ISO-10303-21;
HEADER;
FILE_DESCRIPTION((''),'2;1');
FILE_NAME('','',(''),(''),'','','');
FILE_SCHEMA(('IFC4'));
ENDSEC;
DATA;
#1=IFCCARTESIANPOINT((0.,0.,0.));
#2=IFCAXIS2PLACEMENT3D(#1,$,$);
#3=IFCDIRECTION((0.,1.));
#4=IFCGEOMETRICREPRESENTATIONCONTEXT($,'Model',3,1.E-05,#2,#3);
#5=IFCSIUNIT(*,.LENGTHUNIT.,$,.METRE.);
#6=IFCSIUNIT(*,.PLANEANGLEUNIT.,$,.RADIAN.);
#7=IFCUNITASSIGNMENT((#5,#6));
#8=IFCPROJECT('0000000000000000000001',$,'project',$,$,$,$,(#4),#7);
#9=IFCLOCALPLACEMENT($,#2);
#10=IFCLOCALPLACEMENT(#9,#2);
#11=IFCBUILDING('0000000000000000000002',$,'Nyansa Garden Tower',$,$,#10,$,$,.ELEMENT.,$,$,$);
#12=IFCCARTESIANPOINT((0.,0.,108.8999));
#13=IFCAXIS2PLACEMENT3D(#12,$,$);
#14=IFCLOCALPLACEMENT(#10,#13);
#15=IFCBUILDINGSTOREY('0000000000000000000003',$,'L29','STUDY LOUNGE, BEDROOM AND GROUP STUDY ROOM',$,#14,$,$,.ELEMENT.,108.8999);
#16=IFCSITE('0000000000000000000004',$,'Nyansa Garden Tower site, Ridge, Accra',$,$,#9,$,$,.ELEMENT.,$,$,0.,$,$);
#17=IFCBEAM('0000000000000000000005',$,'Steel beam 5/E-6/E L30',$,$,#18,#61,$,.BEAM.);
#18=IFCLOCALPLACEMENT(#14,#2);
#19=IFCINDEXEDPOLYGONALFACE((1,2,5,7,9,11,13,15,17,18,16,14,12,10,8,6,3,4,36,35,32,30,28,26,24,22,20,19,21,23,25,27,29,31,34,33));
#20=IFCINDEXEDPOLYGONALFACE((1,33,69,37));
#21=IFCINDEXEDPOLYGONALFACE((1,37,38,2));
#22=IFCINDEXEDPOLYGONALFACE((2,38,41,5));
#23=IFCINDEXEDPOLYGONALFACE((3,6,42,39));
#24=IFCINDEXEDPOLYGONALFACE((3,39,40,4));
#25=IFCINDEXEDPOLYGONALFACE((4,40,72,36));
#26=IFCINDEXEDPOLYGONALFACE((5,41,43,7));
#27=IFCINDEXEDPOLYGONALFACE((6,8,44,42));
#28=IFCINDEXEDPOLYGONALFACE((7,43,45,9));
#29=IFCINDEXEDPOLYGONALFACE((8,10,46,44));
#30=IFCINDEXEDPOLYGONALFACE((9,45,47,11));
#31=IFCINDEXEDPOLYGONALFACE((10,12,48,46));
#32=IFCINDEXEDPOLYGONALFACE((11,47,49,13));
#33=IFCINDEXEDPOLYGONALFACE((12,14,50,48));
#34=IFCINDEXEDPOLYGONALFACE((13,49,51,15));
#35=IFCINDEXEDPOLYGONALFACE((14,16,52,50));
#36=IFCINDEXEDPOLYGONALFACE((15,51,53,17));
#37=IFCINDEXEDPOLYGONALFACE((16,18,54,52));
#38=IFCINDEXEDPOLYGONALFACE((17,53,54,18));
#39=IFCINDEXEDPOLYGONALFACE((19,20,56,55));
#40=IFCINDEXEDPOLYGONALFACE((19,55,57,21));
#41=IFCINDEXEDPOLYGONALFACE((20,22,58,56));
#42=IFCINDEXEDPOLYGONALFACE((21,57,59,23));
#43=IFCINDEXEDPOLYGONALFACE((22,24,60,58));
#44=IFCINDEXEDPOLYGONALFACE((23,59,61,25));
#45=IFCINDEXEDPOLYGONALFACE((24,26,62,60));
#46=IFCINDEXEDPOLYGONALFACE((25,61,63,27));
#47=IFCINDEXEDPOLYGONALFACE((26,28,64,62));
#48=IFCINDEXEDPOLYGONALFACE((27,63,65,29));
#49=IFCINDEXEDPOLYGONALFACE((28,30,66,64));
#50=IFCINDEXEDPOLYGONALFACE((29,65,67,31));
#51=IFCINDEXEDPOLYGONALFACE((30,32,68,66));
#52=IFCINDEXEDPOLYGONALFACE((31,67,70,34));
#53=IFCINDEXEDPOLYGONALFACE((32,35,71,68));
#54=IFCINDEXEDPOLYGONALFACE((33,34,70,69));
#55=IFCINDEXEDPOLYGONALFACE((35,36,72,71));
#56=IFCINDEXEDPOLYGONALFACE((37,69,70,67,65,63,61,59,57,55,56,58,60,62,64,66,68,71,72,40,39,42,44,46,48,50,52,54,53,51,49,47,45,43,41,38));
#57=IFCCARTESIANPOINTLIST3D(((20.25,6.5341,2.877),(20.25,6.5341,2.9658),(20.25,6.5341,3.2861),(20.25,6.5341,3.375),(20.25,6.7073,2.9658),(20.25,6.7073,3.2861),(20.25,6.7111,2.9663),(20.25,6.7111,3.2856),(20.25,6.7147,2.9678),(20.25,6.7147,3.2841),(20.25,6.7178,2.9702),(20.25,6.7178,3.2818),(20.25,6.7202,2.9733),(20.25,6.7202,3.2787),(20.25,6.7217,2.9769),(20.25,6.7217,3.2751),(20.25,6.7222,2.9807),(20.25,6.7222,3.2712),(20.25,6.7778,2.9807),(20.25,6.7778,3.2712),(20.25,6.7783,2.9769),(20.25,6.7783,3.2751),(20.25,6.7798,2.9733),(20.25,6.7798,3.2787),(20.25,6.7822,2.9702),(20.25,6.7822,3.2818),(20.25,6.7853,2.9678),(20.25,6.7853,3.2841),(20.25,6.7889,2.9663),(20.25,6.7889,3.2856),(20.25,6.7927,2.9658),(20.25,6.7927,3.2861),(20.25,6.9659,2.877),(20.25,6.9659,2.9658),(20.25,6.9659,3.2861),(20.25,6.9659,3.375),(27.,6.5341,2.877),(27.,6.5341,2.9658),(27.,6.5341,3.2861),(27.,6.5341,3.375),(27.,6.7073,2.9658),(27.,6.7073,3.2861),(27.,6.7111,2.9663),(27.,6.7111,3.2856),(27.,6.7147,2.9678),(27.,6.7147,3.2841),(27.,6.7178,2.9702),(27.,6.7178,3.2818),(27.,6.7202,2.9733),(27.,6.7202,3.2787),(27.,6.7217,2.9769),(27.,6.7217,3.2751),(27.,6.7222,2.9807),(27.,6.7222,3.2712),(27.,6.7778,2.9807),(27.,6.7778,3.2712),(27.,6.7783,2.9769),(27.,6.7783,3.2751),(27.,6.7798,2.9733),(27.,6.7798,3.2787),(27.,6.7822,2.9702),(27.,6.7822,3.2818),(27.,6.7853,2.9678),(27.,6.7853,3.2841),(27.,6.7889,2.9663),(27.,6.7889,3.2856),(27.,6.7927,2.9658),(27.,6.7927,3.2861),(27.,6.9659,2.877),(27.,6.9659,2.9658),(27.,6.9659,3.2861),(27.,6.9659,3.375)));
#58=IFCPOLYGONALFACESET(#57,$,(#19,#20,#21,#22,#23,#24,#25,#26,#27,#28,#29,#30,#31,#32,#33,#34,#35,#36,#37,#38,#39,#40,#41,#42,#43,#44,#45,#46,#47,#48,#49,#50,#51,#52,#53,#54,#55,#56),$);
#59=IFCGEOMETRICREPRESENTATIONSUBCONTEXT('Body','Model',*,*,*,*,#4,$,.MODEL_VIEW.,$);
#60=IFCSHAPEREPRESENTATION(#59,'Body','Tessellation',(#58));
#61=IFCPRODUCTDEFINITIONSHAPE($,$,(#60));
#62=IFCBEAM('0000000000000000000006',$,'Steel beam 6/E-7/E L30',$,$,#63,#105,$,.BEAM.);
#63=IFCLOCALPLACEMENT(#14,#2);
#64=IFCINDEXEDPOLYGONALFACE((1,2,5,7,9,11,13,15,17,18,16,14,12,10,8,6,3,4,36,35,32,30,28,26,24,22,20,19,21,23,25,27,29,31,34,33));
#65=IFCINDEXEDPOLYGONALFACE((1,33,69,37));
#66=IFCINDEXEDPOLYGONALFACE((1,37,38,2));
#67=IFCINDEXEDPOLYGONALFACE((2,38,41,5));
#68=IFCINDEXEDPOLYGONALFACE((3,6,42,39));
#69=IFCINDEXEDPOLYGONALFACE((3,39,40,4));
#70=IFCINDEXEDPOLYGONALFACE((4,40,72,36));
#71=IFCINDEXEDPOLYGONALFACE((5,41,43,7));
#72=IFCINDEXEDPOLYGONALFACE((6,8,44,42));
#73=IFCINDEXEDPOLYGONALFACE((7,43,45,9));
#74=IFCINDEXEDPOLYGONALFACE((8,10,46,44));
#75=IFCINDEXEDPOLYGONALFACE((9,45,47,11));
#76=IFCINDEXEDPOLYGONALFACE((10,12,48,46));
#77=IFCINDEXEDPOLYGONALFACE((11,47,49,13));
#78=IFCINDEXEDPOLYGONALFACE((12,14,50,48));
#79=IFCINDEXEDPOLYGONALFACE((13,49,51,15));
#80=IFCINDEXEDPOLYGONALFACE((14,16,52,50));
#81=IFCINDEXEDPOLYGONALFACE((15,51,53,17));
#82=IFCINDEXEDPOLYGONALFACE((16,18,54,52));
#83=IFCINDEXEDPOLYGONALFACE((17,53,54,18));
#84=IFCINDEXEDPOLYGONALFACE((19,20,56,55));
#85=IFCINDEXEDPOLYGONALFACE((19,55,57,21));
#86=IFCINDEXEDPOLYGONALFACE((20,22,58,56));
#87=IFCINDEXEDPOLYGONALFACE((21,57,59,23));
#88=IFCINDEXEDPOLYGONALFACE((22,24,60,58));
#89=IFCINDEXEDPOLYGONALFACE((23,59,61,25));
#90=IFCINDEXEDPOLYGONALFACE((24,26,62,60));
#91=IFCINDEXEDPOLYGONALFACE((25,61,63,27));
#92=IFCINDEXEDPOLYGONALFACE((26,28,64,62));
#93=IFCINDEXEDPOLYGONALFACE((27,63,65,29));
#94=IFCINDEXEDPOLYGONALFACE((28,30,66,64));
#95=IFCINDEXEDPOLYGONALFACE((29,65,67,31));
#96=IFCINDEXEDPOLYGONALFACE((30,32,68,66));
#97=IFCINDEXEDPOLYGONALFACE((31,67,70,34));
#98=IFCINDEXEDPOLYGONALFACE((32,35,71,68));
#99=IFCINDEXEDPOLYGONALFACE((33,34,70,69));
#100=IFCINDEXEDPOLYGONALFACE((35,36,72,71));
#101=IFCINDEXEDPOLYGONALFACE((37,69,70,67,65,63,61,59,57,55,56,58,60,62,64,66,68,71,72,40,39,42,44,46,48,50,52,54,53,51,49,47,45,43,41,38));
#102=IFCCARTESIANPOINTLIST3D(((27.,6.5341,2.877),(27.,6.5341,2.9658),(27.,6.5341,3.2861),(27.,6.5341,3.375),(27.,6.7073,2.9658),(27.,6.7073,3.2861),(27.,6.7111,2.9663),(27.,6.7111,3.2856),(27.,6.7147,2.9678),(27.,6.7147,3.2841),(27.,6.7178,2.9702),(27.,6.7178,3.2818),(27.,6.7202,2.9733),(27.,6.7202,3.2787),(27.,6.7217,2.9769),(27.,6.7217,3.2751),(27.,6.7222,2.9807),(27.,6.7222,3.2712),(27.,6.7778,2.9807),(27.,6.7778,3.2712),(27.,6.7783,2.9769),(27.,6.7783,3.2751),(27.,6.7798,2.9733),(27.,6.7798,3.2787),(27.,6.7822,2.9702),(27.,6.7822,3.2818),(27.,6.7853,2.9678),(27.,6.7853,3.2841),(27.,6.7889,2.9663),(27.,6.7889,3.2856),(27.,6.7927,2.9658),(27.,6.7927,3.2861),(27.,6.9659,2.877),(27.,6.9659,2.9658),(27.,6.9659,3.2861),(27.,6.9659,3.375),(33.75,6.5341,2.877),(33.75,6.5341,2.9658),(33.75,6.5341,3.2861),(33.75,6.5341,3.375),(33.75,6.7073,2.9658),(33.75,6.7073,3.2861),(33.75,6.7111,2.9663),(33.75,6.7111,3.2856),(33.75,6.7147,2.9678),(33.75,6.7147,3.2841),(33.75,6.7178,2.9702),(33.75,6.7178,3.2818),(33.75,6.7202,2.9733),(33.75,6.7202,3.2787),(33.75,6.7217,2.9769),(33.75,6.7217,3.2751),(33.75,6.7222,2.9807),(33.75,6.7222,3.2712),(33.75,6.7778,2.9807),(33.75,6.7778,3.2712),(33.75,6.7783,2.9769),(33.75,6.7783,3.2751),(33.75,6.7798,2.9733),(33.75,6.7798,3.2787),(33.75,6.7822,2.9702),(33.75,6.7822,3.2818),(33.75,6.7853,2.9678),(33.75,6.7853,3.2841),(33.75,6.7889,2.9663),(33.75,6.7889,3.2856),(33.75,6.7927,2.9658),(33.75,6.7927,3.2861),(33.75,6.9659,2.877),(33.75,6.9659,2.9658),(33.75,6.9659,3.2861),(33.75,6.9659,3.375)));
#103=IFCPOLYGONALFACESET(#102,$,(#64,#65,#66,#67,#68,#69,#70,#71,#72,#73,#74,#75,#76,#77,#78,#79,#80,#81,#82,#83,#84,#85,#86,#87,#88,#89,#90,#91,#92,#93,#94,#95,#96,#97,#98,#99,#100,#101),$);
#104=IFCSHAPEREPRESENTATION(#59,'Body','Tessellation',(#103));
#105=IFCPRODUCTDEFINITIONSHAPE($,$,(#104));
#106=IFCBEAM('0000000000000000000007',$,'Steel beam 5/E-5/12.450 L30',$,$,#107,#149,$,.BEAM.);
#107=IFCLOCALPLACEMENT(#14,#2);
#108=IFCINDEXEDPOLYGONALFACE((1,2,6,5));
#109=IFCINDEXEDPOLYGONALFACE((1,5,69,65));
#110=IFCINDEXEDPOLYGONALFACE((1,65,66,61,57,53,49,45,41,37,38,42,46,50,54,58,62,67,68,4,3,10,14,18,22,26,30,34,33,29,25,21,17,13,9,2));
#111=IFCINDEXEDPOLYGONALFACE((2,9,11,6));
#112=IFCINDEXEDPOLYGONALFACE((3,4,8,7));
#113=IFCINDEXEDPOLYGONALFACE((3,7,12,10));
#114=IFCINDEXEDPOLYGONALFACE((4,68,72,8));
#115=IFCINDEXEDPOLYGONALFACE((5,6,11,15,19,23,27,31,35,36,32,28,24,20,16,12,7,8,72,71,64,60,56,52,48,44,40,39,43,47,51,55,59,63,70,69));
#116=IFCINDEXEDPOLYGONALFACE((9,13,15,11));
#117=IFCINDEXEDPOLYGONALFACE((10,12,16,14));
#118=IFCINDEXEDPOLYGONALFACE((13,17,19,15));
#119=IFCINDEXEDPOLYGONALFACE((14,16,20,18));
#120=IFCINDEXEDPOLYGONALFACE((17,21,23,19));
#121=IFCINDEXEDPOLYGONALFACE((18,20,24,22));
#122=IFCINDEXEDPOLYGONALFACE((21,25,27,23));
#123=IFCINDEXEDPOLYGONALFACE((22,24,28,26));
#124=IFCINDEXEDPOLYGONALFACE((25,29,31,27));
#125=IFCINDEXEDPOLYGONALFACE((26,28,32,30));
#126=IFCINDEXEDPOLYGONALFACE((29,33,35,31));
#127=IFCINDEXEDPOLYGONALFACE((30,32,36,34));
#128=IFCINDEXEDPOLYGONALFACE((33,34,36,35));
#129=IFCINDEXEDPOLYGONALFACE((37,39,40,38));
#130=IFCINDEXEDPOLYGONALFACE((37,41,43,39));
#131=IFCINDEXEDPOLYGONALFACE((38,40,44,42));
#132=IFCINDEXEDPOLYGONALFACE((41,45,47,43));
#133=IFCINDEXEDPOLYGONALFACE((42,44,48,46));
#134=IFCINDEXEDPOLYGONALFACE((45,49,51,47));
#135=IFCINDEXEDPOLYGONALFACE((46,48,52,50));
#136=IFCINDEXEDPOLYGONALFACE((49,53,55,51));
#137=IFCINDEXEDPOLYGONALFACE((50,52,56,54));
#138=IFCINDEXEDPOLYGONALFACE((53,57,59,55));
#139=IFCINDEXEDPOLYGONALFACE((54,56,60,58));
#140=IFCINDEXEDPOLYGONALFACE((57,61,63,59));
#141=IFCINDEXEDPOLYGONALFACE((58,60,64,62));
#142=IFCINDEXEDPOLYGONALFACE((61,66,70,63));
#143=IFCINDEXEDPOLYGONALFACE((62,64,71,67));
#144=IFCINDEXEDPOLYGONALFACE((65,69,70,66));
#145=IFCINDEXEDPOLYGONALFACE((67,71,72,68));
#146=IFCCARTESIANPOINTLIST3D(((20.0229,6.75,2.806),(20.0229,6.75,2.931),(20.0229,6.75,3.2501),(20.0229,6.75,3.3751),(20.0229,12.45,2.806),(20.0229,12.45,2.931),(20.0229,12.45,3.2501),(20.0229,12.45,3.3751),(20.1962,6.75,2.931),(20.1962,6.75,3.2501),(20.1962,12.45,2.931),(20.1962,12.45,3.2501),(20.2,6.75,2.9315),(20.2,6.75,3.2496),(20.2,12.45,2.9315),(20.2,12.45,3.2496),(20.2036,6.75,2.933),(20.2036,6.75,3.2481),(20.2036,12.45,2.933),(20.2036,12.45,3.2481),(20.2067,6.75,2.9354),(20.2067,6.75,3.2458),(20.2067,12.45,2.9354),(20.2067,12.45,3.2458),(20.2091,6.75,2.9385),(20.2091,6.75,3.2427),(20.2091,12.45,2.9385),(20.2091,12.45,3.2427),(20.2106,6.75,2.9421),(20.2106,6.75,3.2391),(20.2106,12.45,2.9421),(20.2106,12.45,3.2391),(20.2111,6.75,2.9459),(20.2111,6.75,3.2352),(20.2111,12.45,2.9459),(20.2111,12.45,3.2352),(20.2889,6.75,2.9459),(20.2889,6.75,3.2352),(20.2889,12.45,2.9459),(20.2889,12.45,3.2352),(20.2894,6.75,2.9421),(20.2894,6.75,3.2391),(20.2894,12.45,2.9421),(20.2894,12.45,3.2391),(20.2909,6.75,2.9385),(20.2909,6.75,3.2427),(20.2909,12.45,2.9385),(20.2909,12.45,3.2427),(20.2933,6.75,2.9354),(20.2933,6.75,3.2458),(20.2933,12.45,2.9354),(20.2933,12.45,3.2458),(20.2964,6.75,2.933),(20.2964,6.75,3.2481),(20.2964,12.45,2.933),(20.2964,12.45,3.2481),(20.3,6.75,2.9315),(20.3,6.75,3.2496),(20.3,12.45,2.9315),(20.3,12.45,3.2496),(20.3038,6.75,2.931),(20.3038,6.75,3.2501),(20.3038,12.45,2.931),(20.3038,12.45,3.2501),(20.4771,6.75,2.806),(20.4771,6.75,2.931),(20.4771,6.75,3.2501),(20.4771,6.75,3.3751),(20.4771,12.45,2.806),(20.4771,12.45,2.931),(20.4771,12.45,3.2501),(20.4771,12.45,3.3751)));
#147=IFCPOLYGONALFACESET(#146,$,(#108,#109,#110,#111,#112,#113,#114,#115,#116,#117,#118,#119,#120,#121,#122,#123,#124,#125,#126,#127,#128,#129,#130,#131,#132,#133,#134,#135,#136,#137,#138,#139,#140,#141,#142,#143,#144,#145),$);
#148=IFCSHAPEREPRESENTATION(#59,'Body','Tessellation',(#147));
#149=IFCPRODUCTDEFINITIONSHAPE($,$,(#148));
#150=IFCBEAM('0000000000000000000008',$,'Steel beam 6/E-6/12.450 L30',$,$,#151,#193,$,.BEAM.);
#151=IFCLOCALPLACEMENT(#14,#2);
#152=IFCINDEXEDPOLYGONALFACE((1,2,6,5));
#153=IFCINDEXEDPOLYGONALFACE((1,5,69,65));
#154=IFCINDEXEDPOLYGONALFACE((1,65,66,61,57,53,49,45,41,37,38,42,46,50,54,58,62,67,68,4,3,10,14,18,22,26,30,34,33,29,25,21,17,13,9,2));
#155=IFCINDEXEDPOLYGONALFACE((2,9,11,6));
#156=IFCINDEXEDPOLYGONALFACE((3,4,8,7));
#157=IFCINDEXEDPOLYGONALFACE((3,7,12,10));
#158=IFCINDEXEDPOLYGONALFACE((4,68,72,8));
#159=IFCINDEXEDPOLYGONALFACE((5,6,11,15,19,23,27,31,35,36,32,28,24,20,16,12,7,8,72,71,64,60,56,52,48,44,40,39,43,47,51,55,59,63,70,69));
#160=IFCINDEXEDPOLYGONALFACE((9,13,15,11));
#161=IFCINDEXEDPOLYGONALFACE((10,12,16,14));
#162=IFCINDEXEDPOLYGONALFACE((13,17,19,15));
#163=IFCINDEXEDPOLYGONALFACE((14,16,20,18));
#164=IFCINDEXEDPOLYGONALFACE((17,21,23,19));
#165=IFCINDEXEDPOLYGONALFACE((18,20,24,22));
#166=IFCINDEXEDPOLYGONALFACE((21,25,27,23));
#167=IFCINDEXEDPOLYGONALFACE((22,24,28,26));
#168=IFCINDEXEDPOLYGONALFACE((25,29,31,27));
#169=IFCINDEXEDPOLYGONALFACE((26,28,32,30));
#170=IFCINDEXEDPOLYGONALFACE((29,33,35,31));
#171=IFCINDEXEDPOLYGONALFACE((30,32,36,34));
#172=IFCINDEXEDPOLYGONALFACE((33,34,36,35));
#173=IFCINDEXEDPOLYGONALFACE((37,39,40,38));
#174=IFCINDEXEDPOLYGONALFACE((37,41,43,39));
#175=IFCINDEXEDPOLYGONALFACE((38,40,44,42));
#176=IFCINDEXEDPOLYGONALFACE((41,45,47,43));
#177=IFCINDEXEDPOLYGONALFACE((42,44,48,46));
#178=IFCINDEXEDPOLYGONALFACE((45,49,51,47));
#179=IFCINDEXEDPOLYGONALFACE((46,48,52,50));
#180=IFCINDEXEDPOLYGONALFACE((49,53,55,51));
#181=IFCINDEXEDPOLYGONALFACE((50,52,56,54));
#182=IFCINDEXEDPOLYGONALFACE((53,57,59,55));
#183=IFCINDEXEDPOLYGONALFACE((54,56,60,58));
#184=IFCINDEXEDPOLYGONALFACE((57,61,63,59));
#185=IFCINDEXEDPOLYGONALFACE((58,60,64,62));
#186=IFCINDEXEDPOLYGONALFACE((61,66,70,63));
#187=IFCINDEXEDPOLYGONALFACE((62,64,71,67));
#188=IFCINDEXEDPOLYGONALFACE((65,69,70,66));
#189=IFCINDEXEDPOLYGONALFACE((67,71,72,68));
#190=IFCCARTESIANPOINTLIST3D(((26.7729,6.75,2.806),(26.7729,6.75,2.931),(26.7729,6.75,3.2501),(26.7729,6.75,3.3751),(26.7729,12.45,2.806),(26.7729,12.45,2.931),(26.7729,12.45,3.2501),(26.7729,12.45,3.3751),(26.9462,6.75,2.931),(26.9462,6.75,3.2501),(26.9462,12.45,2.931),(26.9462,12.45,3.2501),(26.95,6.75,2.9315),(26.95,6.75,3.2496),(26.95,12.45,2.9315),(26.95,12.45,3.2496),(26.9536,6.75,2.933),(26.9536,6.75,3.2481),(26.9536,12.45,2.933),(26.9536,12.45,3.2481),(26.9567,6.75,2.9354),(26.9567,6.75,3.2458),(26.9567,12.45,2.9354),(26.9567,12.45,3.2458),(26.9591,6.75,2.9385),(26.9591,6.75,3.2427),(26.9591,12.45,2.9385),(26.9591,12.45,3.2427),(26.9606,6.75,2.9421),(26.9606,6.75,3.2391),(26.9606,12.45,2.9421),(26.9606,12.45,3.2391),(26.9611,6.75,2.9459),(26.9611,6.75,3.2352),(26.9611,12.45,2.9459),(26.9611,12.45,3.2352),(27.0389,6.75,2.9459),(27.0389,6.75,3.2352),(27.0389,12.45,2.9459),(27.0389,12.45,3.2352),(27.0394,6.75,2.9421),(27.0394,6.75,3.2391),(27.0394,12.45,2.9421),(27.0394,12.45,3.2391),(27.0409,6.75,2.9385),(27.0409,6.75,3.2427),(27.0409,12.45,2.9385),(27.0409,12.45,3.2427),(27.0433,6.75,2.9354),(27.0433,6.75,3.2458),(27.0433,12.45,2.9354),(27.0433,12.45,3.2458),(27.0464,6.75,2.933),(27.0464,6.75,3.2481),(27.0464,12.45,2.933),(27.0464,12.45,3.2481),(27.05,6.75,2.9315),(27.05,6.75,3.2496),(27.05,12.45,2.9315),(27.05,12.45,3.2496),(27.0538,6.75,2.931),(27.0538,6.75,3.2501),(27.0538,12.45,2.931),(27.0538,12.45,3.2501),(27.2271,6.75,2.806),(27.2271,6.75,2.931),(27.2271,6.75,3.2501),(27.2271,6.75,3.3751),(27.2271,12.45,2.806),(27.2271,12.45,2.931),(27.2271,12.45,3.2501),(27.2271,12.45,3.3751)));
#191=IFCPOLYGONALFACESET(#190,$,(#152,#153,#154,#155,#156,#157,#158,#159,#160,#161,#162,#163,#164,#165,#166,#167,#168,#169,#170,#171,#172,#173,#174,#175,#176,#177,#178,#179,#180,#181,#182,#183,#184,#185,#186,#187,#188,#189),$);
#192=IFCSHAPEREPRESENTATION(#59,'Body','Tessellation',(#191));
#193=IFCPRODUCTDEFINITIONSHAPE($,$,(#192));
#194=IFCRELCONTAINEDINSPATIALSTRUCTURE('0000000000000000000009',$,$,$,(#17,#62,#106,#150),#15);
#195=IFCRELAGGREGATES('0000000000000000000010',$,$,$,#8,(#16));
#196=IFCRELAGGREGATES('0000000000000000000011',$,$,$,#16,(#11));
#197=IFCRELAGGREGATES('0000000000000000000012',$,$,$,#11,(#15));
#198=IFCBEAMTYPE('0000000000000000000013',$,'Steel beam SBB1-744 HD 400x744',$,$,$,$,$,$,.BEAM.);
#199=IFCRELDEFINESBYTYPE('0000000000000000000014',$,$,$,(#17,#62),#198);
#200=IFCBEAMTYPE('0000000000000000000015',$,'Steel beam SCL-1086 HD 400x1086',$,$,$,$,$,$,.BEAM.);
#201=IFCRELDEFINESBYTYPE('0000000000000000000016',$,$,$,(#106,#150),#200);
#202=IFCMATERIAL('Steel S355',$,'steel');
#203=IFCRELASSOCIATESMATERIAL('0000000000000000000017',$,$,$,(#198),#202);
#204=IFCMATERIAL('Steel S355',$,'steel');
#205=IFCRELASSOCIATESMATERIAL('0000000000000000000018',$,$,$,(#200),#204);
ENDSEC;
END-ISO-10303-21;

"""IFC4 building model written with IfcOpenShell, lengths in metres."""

from ifc_helpers import new_model, si_unit, direction, frame, origin, origin_2d, place, context, subcontext, project, spatial, i_section, extrude, material, material_profile, profile_set, type_object, element, save


model = new_model("IFC4")

# Units and contexts
model_context = context("Model", 3, precision=1e-05, world=origin(), true_north=direction((0.0, 1.0)))
body_context = subcontext(model_context, "Body", "Model", "MODEL_VIEW")
ifc_project = project(units=[si_unit("LENGTHUNIT", "METRE"), si_unit("PLANEANGLEUNIT", "RADIAN")], contexts=[model_context])

# Site, building, storey
site_placement = place(None, origin())
site = spatial("IfcSite", under=ifc_project, at=site_placement, Name="Nyansa Garden Tower site, Ridge, Accra", CompositionType="ELEMENT", RefElevation=0.0)
building_placement = place(site_placement, origin())
building = spatial("IfcBuilding", under=site, at=building_placement, Name="Nyansa Garden Tower", CompositionType="ELEMENT")
storey_placement = place(building_placement, frame((0.0, 0.0, 108.8999)))
storey = spatial("IfcBuildingStorey", under=building, at=storey_placement, Name="L29", Description="STUDY LOUNGE, BEDROOM AND GROUP STUDY ROOM", CompositionType="ELEMENT", Elevation=108.8999)

# Beams
ifc_material_1 = material(Name="Steel S355", Category="steel")
ifc_material_profile_1 = material_profile(ifc_material_1, i_section(OverallWidth=0.4319, OverallDepth=0.498, WebThickness=0.0557, FlangeThickness=0.0889, FilletRadius=0.0149, at=origin_2d()), Name="HD 400x744")
ifc_profile_set_1 = profile_set([ifc_material_profile_1], Name="Steel S355")
beam_type_1 = type_object("IfcBeamType", Name="Steel beam SBB1-744 HD 400x744", PredefinedType="BEAM", material=ifc_profile_set_1)
for number, where, z_axis, x_axis, name in (
    (1, (20.25, 6.75, 3.126), (1.0, 0.0, 0.0), (0.0, 1.0, 0.0), "Steel beam 5/E-6/E L30"),
    (2, (27.0, 6.75, 3.126), (1.0, 0.0, 0.0), (0.0, 1.0, 0.0), "Steel beam 6/E-7/E L30"),
):
    element("IfcBeam", number, at=place(storey_placement, frame(where, z_axis=z_axis, x_axis=x_axis)), inside=storey, type_object=beam_type_1, Name=name, PredefinedType="BEAM", context=body_context, shape_type="SweptSolid", body=[
        extrude(i_section(OverallWidth=0.4319, OverallDepth=0.498, WebThickness=0.0557, FlangeThickness=0.0889, FilletRadius=0.0149, at=origin_2d()), origin(), (0.0, 0.0, 1.0), 6.75),
    ])
ifc_material_2 = material(Name="Steel S355", Category="steel")
ifc_material_profile_2 = material_profile(ifc_material_2, i_section(OverallWidth=0.4541, OverallDepth=0.5691, WebThickness=0.0779, FlangeThickness=0.125, FilletRadius=0.0149, at=origin_2d()), Name="HD 400x1086")
ifc_profile_set_2 = profile_set([ifc_material_profile_2], Name="Steel S355")
beam_type_2 = type_object("IfcBeamType", Name="Steel beam SCL-1086 HD 400x1086", PredefinedType="BEAM", material=ifc_profile_set_2)
for number, where, z_axis, x_axis, name in (
    (3, (20.25, 6.75, 3.0906), (0.0, 1.0, 0.0), (-1.0, 0.0, 0.0), "Steel beam 5/E-5/12.450 L30"),
    (4, (27.0, 6.75, 3.0906), (0.0, 1.0, 0.0), (-1.0, 0.0, 0.0), "Steel beam 6/E-6/12.450 L30"),
):
    element("IfcBeam", number, at=place(storey_placement, frame(where, z_axis=z_axis, x_axis=x_axis)), inside=storey, type_object=beam_type_2, Name=name, PredefinedType="BEAM", context=body_context, shape_type="SweptSolid", body=[
        extrude(i_section(OverallWidth=0.4541, OverallDepth=0.5691, WebThickness=0.0779, FlangeThickness=0.125, FilletRadius=0.0149, at=origin_2d()), origin(), (0.0, 0.0, 1.0), 5.7),
    ])

save(model, "model.ifc")
